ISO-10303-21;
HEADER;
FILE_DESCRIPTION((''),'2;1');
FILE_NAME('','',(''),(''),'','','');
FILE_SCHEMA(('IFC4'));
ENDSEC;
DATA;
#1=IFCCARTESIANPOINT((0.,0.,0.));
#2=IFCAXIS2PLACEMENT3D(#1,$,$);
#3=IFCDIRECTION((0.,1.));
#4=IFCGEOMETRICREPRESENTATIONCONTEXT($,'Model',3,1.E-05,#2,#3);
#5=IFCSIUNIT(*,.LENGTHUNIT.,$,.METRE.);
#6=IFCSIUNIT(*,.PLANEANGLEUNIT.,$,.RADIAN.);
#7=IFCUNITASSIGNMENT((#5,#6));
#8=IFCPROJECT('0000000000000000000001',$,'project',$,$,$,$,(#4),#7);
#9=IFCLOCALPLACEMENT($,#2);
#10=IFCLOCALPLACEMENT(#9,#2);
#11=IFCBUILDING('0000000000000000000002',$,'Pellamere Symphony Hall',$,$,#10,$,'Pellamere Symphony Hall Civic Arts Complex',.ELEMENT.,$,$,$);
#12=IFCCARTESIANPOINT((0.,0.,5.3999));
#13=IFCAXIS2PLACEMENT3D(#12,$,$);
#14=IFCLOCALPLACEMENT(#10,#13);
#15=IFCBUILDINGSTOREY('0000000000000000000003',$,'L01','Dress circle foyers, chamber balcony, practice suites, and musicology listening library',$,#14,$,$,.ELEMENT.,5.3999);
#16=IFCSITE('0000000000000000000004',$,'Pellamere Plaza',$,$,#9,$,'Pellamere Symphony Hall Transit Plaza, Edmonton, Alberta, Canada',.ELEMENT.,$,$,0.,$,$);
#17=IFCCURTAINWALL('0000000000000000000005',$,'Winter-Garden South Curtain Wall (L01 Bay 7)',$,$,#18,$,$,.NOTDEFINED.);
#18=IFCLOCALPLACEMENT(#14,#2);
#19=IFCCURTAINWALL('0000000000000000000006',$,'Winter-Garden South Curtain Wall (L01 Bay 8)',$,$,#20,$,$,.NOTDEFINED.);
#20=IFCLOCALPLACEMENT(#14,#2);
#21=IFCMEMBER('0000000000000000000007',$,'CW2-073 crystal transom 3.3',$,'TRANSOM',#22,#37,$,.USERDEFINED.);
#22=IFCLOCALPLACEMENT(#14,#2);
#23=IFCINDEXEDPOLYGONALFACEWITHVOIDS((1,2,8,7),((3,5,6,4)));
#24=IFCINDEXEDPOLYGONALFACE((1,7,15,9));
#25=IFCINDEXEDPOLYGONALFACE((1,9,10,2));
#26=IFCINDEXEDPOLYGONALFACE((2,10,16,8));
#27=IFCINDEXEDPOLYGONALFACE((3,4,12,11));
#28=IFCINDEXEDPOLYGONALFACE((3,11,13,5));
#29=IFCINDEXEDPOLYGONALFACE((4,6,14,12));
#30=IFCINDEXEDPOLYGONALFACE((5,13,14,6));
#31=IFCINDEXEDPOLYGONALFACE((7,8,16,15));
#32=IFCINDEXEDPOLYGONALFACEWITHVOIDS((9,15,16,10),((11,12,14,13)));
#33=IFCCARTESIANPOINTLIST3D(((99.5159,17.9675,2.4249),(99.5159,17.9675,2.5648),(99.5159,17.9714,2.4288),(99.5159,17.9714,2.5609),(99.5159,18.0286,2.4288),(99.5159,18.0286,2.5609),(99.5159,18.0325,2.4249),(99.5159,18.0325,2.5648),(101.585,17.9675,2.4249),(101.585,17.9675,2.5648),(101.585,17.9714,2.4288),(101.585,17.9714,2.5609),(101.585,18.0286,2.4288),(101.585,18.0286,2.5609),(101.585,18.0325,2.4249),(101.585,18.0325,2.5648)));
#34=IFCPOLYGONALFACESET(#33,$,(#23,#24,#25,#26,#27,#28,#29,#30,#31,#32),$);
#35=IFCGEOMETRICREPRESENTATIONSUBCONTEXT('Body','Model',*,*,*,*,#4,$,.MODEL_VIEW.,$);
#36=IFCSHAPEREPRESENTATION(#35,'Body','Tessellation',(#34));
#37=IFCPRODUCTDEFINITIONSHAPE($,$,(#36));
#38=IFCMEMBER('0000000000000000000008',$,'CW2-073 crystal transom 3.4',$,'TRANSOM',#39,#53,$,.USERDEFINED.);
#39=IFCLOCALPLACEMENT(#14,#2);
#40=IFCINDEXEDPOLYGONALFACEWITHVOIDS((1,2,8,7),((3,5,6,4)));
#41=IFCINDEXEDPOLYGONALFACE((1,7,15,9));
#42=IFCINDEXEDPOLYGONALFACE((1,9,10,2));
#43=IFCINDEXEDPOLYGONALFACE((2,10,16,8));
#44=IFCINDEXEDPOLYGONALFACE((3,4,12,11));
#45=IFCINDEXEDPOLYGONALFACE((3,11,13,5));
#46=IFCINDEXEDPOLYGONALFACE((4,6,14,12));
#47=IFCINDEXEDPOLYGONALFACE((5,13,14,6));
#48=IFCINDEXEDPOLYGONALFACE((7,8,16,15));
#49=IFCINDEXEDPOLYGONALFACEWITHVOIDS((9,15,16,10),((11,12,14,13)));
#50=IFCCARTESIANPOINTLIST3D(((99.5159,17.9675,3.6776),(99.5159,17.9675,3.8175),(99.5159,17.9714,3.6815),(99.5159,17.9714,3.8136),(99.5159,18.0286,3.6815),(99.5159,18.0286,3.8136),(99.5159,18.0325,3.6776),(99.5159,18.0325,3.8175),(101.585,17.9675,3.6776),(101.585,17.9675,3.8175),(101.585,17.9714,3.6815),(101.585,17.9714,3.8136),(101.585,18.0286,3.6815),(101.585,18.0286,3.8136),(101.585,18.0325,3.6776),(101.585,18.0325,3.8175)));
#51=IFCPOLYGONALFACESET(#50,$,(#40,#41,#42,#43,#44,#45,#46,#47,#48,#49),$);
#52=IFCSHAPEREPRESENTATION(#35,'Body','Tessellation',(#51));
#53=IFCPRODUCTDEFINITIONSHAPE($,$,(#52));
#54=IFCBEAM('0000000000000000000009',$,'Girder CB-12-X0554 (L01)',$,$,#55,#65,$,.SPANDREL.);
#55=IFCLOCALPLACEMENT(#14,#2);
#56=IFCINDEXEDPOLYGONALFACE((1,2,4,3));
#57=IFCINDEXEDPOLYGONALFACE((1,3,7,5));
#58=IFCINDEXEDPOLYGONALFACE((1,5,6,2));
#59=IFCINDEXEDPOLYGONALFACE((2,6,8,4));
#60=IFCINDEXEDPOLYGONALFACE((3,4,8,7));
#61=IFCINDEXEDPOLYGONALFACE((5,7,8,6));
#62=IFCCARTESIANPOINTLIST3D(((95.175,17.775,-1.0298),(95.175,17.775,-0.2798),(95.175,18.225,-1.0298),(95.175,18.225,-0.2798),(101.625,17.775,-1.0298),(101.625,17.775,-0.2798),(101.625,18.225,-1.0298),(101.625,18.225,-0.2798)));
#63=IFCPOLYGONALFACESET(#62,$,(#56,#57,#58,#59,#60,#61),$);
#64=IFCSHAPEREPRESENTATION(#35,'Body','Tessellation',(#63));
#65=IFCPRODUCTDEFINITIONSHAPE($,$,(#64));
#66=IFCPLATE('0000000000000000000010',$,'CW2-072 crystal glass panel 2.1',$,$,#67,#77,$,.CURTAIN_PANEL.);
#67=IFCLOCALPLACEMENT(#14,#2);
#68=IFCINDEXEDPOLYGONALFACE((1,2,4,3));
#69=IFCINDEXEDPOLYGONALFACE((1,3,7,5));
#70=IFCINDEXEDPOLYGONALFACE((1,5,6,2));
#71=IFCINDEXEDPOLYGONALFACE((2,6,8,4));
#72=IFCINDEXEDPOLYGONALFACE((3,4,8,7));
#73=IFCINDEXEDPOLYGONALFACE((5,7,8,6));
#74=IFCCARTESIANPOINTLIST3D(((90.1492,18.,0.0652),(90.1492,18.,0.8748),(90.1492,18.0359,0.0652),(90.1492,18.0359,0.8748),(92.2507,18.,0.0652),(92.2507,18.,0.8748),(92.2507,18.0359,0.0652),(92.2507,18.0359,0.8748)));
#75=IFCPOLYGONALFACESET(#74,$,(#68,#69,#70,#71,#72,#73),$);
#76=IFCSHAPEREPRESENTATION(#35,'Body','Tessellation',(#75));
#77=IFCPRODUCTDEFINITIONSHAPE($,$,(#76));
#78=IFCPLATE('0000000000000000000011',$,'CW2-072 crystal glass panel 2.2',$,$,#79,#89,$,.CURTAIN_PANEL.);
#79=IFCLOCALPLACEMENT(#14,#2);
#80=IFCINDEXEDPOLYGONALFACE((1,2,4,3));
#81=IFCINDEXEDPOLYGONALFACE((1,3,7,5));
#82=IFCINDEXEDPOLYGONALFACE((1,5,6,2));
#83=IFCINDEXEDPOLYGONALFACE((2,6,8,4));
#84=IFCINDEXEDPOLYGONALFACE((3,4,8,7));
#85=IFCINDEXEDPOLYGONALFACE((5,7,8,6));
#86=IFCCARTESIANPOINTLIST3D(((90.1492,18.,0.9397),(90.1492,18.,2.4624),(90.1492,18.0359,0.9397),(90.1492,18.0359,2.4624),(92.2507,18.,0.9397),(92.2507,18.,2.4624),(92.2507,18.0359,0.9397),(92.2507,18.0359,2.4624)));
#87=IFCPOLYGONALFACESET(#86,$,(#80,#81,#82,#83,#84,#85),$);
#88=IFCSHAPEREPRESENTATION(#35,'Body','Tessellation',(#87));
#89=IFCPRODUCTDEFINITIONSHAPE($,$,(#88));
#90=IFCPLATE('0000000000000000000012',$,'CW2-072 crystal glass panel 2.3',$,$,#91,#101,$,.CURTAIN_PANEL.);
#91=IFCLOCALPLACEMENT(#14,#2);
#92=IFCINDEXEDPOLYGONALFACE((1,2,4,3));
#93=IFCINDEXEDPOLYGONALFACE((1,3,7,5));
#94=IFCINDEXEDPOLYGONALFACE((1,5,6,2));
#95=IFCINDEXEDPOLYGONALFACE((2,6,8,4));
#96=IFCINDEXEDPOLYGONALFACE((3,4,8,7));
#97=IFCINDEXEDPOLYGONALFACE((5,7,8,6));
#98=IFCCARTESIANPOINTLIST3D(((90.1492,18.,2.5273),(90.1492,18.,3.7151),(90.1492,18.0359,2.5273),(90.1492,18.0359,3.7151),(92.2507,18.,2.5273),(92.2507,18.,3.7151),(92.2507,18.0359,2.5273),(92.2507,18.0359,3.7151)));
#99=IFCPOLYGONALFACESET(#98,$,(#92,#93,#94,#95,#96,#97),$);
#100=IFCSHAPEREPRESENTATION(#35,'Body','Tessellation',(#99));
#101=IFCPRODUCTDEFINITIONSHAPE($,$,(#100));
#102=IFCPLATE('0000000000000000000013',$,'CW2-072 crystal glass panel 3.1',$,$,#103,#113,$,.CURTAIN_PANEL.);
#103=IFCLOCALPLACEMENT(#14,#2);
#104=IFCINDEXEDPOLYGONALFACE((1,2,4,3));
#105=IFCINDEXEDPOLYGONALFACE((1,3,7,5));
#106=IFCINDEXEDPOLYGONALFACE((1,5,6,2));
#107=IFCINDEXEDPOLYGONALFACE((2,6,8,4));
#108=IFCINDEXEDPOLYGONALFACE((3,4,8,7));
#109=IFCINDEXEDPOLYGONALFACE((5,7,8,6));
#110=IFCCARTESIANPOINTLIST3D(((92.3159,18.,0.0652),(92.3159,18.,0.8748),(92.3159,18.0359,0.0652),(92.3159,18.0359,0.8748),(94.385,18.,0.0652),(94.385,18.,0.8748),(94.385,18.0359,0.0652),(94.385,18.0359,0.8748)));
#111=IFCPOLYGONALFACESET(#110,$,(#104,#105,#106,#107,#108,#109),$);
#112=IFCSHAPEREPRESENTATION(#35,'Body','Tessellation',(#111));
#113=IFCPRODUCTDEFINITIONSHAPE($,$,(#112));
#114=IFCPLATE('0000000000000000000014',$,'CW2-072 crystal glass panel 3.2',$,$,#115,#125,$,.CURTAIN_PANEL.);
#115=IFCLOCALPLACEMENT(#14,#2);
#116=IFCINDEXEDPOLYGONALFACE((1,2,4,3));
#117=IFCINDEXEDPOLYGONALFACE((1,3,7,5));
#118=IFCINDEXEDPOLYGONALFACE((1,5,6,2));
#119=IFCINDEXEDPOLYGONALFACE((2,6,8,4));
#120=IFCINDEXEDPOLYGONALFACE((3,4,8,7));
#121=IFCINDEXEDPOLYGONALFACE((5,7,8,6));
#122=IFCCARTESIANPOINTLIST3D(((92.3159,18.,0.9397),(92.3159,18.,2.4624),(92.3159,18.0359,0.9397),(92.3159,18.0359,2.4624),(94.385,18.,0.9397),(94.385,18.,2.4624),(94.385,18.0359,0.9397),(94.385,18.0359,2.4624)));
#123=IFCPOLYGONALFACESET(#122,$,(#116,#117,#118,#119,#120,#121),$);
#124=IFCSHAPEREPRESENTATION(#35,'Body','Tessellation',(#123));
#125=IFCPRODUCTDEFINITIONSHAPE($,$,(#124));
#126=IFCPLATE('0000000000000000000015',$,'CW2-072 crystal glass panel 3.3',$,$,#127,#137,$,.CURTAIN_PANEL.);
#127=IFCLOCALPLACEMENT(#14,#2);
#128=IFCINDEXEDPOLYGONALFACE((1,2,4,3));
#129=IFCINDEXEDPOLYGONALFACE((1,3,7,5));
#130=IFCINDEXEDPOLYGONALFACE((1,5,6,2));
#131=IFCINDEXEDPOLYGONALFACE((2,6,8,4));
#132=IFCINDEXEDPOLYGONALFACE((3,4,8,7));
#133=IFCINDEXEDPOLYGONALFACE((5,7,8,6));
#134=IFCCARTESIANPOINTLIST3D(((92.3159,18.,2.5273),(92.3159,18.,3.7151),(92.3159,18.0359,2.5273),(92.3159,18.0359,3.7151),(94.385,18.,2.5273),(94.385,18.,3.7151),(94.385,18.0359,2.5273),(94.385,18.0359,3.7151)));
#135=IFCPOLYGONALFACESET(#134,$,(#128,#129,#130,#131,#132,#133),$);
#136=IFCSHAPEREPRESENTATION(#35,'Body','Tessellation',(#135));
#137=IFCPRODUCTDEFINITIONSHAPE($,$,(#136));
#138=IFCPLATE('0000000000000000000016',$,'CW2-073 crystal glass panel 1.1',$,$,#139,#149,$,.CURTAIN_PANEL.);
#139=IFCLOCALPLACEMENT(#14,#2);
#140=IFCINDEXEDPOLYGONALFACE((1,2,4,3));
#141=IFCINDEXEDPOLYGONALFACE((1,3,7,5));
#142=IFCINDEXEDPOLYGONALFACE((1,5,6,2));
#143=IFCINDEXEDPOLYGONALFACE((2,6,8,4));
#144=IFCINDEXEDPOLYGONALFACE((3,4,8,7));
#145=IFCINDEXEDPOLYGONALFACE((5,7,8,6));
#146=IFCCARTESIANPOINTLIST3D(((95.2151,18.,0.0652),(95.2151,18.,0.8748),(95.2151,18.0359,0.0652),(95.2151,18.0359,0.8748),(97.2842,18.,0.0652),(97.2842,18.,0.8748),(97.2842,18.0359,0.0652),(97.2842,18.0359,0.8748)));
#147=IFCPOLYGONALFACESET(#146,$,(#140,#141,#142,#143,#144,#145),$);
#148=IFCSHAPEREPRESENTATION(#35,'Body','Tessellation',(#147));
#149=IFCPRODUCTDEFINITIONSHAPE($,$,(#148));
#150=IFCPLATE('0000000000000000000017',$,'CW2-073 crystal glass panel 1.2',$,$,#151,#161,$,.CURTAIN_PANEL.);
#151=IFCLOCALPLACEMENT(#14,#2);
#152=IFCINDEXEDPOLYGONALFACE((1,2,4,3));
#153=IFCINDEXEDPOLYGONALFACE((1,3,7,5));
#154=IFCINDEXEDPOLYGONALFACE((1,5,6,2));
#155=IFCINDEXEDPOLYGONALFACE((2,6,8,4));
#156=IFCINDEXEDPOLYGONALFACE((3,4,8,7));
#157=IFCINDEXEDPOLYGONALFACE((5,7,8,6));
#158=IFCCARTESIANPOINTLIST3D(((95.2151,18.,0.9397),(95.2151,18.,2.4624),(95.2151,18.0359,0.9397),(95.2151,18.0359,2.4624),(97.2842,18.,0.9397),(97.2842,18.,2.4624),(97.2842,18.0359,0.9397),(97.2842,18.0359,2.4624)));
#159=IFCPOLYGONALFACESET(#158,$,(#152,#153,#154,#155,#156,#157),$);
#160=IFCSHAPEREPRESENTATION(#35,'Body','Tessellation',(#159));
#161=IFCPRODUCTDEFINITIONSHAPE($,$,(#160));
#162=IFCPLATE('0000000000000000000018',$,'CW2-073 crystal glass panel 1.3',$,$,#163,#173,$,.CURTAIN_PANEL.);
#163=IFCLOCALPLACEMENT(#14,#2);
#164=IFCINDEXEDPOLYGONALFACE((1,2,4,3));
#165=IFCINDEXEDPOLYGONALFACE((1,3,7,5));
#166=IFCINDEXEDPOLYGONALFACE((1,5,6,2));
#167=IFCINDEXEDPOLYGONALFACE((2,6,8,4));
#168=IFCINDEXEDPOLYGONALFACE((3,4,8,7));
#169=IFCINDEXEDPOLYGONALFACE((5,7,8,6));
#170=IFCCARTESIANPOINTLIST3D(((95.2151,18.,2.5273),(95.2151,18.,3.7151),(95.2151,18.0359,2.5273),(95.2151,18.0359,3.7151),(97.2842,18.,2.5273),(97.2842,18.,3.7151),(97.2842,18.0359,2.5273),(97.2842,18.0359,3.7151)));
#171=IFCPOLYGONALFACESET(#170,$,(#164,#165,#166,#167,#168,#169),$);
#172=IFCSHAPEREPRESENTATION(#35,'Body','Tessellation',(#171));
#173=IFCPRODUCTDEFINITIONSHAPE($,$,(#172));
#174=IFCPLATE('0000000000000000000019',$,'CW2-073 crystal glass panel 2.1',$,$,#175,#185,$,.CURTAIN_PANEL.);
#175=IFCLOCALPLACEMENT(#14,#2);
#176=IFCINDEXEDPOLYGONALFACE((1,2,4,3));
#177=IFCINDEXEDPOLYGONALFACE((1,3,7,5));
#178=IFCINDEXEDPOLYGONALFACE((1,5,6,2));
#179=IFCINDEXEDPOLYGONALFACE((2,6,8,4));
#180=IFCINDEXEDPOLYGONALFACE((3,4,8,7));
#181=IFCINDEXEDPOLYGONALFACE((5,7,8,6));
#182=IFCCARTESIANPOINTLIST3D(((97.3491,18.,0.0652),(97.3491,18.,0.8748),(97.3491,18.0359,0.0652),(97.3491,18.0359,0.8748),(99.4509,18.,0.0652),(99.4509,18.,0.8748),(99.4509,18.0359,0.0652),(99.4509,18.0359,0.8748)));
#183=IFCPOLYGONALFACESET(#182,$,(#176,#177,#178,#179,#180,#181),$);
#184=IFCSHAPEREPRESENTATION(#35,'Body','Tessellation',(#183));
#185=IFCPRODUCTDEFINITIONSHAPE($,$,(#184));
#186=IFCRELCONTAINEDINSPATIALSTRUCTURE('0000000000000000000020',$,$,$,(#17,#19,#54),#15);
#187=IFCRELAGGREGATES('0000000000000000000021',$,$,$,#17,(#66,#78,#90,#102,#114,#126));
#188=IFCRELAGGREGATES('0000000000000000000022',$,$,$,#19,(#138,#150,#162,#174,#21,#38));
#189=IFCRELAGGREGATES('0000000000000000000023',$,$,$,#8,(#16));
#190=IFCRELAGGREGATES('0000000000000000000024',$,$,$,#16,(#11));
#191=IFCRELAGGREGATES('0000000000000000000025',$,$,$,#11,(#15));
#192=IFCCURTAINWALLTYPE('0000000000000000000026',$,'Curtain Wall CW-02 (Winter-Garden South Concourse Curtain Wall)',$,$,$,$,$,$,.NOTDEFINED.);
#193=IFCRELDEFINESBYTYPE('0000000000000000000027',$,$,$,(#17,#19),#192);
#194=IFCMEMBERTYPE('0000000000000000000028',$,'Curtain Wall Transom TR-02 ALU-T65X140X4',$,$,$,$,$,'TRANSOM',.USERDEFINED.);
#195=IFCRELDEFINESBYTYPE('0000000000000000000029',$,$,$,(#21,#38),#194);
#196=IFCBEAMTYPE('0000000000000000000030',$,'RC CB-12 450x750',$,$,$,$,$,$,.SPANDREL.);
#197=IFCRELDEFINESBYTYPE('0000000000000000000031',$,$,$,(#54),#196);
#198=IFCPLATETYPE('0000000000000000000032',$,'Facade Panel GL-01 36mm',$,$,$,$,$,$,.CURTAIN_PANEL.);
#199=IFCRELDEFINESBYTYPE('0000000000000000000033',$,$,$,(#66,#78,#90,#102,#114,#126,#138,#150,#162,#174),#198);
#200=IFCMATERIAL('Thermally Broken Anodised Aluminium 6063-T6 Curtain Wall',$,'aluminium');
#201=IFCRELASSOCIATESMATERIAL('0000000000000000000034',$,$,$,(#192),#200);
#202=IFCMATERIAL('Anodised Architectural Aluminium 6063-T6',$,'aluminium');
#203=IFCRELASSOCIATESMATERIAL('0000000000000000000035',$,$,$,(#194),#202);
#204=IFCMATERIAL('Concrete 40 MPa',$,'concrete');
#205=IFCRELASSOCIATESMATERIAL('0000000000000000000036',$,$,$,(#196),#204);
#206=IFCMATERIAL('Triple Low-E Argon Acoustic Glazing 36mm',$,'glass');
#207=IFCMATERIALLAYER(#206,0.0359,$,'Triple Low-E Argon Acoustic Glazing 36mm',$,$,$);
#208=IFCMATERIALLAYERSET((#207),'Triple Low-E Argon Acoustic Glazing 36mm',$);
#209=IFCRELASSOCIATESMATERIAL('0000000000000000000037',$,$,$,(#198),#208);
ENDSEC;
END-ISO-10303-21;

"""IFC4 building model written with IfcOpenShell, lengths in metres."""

from ifc_helpers import new_model, si_unit, direction, frame, origin, origin_2d, place, context, subcontext, project, spatial, polyline, rectangle, hollow_rectangle, outline, extrude, material, layer, layer_set, material_profile, profile_set, type_object, element, aggregate, save


model = new_model("IFC4")

# Units and contexts
model_context = context("Model", 3, precision=1e-05, world=origin(), true_north=direction((0.0, 1.0)))
body_context = subcontext(model_context, "Body", "Model", "MODEL_VIEW")
ifc_project = project(units=[si_unit("LENGTHUNIT", "METRE"), si_unit("PLANEANGLEUNIT", "RADIAN")], contexts=[model_context])

# Site, building, storey
site_placement = place(None, origin())
site = spatial("IfcSite", under=ifc_project, at=site_placement, Name="Pellamere Plaza", LongName="Pellamere Symphony Hall Transit Plaza, Edmonton, Alberta, Canada", CompositionType="ELEMENT", RefElevation=0.0)
building_placement = place(site_placement, origin())
building = spatial("IfcBuilding", under=site, at=building_placement, Name="Pellamere Symphony Hall", LongName="Pellamere Symphony Hall Civic Arts Complex", CompositionType="ELEMENT")
storey_placement = place(building_placement, frame((0.0, 0.0, 5.3999)))
storey = spatial("IfcBuildingStorey", under=building, at=storey_placement, Name="L01", Description="Dress circle foyers, chamber balcony, practice suites, and musicology listening library", CompositionType="ELEMENT", Elevation=5.3999)

# Shared definitions
ifc_material_1 = material(Name="Concrete 40 MPa", Category="concrete")

# Curtain walls
ifc_material_2 = material(Name="Thermally Broken Anodised Aluminium 6063-T6 Curtain Wall", Category="aluminium")
curtain_wall_type = type_object("IfcCurtainWallType", Name="Curtain Wall CW-02 (Winter-Garden South Concourse Curtain Wall)", PredefinedType="NOTDEFINED", material=ifc_material_2)
curtain_wall_1_placement = place(storey_placement, origin())
curtain_wall_1 = element("IfcCurtainWall", 1, at=curtain_wall_1_placement, inside=storey, type_object=curtain_wall_type, Name="Winter-Garden South Curtain Wall (L01 Bay 7)", PredefinedType="NOTDEFINED")
ifc_material_3 = material(Name="Anodised Architectural Aluminium 6063-T6", Category="aluminium")
curtain_wall_2_placement = place(storey_placement, origin())
curtain_wall_2 = element("IfcCurtainWall", 2, at=curtain_wall_2_placement, inside=storey, type_object=curtain_wall_type, Name="Winter-Garden South Curtain Wall (L01 Bay 8)", PredefinedType="NOTDEFINED")

# Members
ifc_material_profile_1 = material_profile(ifc_material_3, hollow_rectangle(XDim=0.0649, YDim=0.1399, WallThickness=0.0039, at=origin_2d()), Name="ALU-T65X140X4")
ifc_profile_set_1 = profile_set([ifc_material_profile_1], Name="Anodised Architectural Aluminium 6063-T6")
member_type_1 = type_object("IfcMemberType", Name="Curtain Wall Transom TR-02 ALU-T65X140X4", ElementType="TRANSOM", PredefinedType="USERDEFINED", material=ifc_profile_set_1)
member_1_placement = place(storey_placement, frame((99.5159, 18.0, 2.4949), z_axis=(1.0, 0.0, 0.0), x_axis=(0.0, 1.0, 0.0)))
member_1 = element("IfcMember", 3, at=member_1_placement, type_object=member_type_1, Name="CW2-073 crystal transom 3.3", ObjectType="TRANSOM", PredefinedType="USERDEFINED", context=body_context, shape_type="SweptSolid", body=[
    extrude(hollow_rectangle(XDim=0.0649, YDim=0.1399, WallThickness=0.0039, at=origin_2d()), origin(), (0.0, 0.0, 1.0), 2.0691),
])
member_2_placement = place(storey_placement, frame((99.5159, 18.0, 3.7476), z_axis=(1.0, 0.0, 0.0), x_axis=(0.0, 1.0, 0.0)))
member_2 = element("IfcMember", 4, at=member_2_placement, type_object=member_type_1, Name="CW2-073 crystal transom 3.4", ObjectType="TRANSOM", PredefinedType="USERDEFINED", context=body_context, shape_type="SweptSolid", body=[
    extrude(hollow_rectangle(XDim=0.0649, YDim=0.1399, WallThickness=0.0039, at=origin_2d()), origin(), (0.0, 0.0, 1.0), 2.0691),
])

# Beam
ifc_material_profile_2 = material_profile(ifc_material_1, rectangle(XDim=0.45, YDim=0.75, at=origin_2d()), Name="RC 450x750")
ifc_profile_set_2 = profile_set([ifc_material_profile_2], Name="Concrete 40 MPa")
beam_type = type_object("IfcBeamType", Name="RC CB-12 450x750", PredefinedType="SPANDREL", material=ifc_profile_set_2)
beam_placement = place(storey_placement, frame((95.175, 18.0, -0.6548), z_axis=(1.0, 0.0, 0.0), x_axis=(0.0, 1.0, 0.0)))
element("IfcBeam", 5, at=beam_placement, inside=storey, type_object=beam_type, Name="Girder CB-12-X0554 (L01)", PredefinedType="SPANDREL", context=body_context, shape_type="SweptSolid", body=[
    extrude(rectangle(XDim=0.45, YDim=0.75, at=origin_2d()), origin(), (0.0, 0.0, 1.0), 6.45),
])

# Plates
ifc_material_4 = material(Name="Triple Low-E Argon Acoustic Glazing 36mm", Category="glass")
ifc_layer = layer(ifc_material_4, 0.0359, Name="Triple Low-E Argon Acoustic Glazing 36mm")
ifc_layer_set = layer_set([ifc_layer], Name="Triple Low-E Argon Acoustic Glazing 36mm")
plate_type = type_object("IfcPlateType", Name="Facade Panel GL-01 36mm", PredefinedType="CURTAIN_PANEL", material=ifc_layer_set)
plate_1_placement = place(storey_placement, frame((90.1492, 18.0, 0.0652), z_axis=(0.0, -1.0, 0.0), x_axis=(1.0, 0.0, 0.0)))
plate_1 = element("IfcPlate", 6, at=plate_1_placement, type_object=plate_type, Name="CW2-072 crystal glass panel 2.1", PredefinedType="CURTAIN_PANEL", context=body_context, shape_type="SweptSolid", body=[
    extrude(outline(polyline([(0.0, 0.0), (2.1016, 0.0), (2.1016, 0.8096), (0.0, 0.8096), (0.0, 0.0)])), origin(), (0.0, 0.0, -1.0), 0.0359),
])
plate_2_placement = place(storey_placement, frame((90.1492, 18.0, 0.9397), z_axis=(0.0, -1.0, 0.0), x_axis=(1.0, 0.0, 0.0)))
plate_2 = element("IfcPlate", 7, at=plate_2_placement, type_object=plate_type, Name="CW2-072 crystal glass panel 2.2", PredefinedType="CURTAIN_PANEL", context=body_context, shape_type="SweptSolid", body=[
    extrude(outline(polyline([(0.0, 0.0), (2.1016, 0.0), (2.1016, 1.5227), (0.0, 1.5227), (0.0, 0.0)])), origin(), (0.0, 0.0, -1.0), 0.0359),
])
plate_3_placement = place(storey_placement, frame((90.1492, 18.0, 2.5273), z_axis=(0.0, -1.0, 0.0), x_axis=(1.0, 0.0, 0.0)))
plate_3 = element("IfcPlate", 8, at=plate_3_placement, type_object=plate_type, Name="CW2-072 crystal glass panel 2.3", PredefinedType="CURTAIN_PANEL", context=body_context, shape_type="SweptSolid", body=[
    extrude(outline(polyline([(0.0, 0.0), (2.1016, 0.0), (2.1016, 1.1877), (0.0, 1.1877), (0.0, 0.0)])), origin(), (0.0, 0.0, -1.0), 0.0359),
])
plate_4_placement = place(storey_placement, frame((92.3159, 18.0, 0.0652), z_axis=(0.0, -1.0, 0.0), x_axis=(1.0, 0.0, 0.0)))
plate_4 = element("IfcPlate", 9, at=plate_4_placement, type_object=plate_type, Name="CW2-072 crystal glass panel 3.1", PredefinedType="CURTAIN_PANEL", context=body_context, shape_type="SweptSolid", body=[
    extrude(outline(polyline([(0.0, 0.0), (2.0691, 0.0), (2.0691, 0.8096), (0.0, 0.8096), (0.0, 0.0)])), origin(), (0.0, 0.0, -1.0), 0.0359),
])
plate_5_placement = place(storey_placement, frame((92.3159, 18.0, 0.9397), z_axis=(0.0, -1.0, 0.0), x_axis=(1.0, 0.0, 0.0)))
plate_5 = element("IfcPlate", 10, at=plate_5_placement, type_object=plate_type, Name="CW2-072 crystal glass panel 3.2", PredefinedType="CURTAIN_PANEL", context=body_context, shape_type="SweptSolid", body=[
    extrude(outline(polyline([(0.0, 0.0), (2.0691, 0.0), (2.0691, 1.5227), (0.0, 1.5227), (0.0, 0.0)])), origin(), (0.0, 0.0, -1.0), 0.0359),
])
plate_6_placement = place(storey_placement, frame((92.3159, 18.0, 2.5273), z_axis=(0.0, -1.0, 0.0), x_axis=(1.0, 0.0, 0.0)))
plate_6 = element("IfcPlate", 11, at=plate_6_placement, type_object=plate_type, Name="CW2-072 crystal glass panel 3.3", PredefinedType="CURTAIN_PANEL", context=body_context, shape_type="SweptSolid", body=[
    extrude(outline(polyline([(0.0, 0.0), (2.0691, 0.0), (2.0691, 1.1877), (0.0, 1.1877), (0.0, 0.0)])), origin(), (0.0, 0.0, -1.0), 0.0359),
])
aggregate(curtain_wall_1, [plate_1, plate_2, plate_3, plate_4, plate_5, plate_6])
plate_7_placement = place(storey_placement, frame((95.2151, 18.0, 0.0652), z_axis=(0.0, -1.0, 0.0), x_axis=(1.0, 0.0, 0.0)))
plate_7 = element("IfcPlate", 12, at=plate_7_placement, type_object=plate_type, Name="CW2-073 crystal glass panel 1.1", PredefinedType="CURTAIN_PANEL", context=body_context, shape_type="SweptSolid", body=[
    extrude(outline(polyline([(0.0, 0.0), (2.0691, 0.0), (2.0691, 0.8096), (0.0, 0.8096), (0.0, 0.0)])), origin(), (0.0, 0.0, -1.0), 0.0359),
])
plate_8_placement = place(storey_placement, frame((95.2151, 18.0, 0.9397), z_axis=(0.0, -1.0, 0.0), x_axis=(1.0, 0.0, 0.0)))
plate_8 = element("IfcPlate", 13, at=plate_8_placement, type_object=plate_type, Name="CW2-073 crystal glass panel 1.2", PredefinedType="CURTAIN_PANEL", context=body_context, shape_type="SweptSolid", body=[
    extrude(outline(polyline([(0.0, 0.0), (2.0691, 0.0), (2.0691, 1.5227), (0.0, 1.5227), (0.0, 0.0)])), origin(), (0.0, 0.0, -1.0), 0.0359),
])
plate_9_placement = place(storey_placement, frame((95.2151, 18.0, 2.5273), z_axis=(0.0, -1.0, 0.0), x_axis=(1.0, 0.0, 0.0)))
plate_9 = element("IfcPlate", 14, at=plate_9_placement, type_object=plate_type, Name="CW2-073 crystal glass panel 1.3", PredefinedType="CURTAIN_PANEL", context=body_context, shape_type="SweptSolid", body=[
    extrude(outline(polyline([(0.0, 0.0), (2.0691, 0.0), (2.0691, 1.1877), (0.0, 1.1877), (0.0, 0.0)])), origin(), (0.0, 0.0, -1.0), 0.0359),
])
plate_10_placement = place(storey_placement, frame((97.3491, 18.0, 0.0652), z_axis=(0.0, -1.0, 0.0), x_axis=(1.0, 0.0, 0.0)))
plate_10 = element("IfcPlate", 15, at=plate_10_placement, type_object=plate_type, Name="CW2-073 crystal glass panel 2.1", PredefinedType="CURTAIN_PANEL", context=body_context, shape_type="SweptSolid", body=[
    extrude(outline(polyline([(0.0, 0.0), (2.1018, 0.0), (2.1018, 0.8096), (0.0, 0.8096), (0.0, 0.0)])), origin(), (0.0, 0.0, -1.0), 0.0359),
])
aggregate(curtain_wall_2, [plate_7, plate_8, plate_9, plate_10, member_1, member_2])

save(model, "model.ifc")
